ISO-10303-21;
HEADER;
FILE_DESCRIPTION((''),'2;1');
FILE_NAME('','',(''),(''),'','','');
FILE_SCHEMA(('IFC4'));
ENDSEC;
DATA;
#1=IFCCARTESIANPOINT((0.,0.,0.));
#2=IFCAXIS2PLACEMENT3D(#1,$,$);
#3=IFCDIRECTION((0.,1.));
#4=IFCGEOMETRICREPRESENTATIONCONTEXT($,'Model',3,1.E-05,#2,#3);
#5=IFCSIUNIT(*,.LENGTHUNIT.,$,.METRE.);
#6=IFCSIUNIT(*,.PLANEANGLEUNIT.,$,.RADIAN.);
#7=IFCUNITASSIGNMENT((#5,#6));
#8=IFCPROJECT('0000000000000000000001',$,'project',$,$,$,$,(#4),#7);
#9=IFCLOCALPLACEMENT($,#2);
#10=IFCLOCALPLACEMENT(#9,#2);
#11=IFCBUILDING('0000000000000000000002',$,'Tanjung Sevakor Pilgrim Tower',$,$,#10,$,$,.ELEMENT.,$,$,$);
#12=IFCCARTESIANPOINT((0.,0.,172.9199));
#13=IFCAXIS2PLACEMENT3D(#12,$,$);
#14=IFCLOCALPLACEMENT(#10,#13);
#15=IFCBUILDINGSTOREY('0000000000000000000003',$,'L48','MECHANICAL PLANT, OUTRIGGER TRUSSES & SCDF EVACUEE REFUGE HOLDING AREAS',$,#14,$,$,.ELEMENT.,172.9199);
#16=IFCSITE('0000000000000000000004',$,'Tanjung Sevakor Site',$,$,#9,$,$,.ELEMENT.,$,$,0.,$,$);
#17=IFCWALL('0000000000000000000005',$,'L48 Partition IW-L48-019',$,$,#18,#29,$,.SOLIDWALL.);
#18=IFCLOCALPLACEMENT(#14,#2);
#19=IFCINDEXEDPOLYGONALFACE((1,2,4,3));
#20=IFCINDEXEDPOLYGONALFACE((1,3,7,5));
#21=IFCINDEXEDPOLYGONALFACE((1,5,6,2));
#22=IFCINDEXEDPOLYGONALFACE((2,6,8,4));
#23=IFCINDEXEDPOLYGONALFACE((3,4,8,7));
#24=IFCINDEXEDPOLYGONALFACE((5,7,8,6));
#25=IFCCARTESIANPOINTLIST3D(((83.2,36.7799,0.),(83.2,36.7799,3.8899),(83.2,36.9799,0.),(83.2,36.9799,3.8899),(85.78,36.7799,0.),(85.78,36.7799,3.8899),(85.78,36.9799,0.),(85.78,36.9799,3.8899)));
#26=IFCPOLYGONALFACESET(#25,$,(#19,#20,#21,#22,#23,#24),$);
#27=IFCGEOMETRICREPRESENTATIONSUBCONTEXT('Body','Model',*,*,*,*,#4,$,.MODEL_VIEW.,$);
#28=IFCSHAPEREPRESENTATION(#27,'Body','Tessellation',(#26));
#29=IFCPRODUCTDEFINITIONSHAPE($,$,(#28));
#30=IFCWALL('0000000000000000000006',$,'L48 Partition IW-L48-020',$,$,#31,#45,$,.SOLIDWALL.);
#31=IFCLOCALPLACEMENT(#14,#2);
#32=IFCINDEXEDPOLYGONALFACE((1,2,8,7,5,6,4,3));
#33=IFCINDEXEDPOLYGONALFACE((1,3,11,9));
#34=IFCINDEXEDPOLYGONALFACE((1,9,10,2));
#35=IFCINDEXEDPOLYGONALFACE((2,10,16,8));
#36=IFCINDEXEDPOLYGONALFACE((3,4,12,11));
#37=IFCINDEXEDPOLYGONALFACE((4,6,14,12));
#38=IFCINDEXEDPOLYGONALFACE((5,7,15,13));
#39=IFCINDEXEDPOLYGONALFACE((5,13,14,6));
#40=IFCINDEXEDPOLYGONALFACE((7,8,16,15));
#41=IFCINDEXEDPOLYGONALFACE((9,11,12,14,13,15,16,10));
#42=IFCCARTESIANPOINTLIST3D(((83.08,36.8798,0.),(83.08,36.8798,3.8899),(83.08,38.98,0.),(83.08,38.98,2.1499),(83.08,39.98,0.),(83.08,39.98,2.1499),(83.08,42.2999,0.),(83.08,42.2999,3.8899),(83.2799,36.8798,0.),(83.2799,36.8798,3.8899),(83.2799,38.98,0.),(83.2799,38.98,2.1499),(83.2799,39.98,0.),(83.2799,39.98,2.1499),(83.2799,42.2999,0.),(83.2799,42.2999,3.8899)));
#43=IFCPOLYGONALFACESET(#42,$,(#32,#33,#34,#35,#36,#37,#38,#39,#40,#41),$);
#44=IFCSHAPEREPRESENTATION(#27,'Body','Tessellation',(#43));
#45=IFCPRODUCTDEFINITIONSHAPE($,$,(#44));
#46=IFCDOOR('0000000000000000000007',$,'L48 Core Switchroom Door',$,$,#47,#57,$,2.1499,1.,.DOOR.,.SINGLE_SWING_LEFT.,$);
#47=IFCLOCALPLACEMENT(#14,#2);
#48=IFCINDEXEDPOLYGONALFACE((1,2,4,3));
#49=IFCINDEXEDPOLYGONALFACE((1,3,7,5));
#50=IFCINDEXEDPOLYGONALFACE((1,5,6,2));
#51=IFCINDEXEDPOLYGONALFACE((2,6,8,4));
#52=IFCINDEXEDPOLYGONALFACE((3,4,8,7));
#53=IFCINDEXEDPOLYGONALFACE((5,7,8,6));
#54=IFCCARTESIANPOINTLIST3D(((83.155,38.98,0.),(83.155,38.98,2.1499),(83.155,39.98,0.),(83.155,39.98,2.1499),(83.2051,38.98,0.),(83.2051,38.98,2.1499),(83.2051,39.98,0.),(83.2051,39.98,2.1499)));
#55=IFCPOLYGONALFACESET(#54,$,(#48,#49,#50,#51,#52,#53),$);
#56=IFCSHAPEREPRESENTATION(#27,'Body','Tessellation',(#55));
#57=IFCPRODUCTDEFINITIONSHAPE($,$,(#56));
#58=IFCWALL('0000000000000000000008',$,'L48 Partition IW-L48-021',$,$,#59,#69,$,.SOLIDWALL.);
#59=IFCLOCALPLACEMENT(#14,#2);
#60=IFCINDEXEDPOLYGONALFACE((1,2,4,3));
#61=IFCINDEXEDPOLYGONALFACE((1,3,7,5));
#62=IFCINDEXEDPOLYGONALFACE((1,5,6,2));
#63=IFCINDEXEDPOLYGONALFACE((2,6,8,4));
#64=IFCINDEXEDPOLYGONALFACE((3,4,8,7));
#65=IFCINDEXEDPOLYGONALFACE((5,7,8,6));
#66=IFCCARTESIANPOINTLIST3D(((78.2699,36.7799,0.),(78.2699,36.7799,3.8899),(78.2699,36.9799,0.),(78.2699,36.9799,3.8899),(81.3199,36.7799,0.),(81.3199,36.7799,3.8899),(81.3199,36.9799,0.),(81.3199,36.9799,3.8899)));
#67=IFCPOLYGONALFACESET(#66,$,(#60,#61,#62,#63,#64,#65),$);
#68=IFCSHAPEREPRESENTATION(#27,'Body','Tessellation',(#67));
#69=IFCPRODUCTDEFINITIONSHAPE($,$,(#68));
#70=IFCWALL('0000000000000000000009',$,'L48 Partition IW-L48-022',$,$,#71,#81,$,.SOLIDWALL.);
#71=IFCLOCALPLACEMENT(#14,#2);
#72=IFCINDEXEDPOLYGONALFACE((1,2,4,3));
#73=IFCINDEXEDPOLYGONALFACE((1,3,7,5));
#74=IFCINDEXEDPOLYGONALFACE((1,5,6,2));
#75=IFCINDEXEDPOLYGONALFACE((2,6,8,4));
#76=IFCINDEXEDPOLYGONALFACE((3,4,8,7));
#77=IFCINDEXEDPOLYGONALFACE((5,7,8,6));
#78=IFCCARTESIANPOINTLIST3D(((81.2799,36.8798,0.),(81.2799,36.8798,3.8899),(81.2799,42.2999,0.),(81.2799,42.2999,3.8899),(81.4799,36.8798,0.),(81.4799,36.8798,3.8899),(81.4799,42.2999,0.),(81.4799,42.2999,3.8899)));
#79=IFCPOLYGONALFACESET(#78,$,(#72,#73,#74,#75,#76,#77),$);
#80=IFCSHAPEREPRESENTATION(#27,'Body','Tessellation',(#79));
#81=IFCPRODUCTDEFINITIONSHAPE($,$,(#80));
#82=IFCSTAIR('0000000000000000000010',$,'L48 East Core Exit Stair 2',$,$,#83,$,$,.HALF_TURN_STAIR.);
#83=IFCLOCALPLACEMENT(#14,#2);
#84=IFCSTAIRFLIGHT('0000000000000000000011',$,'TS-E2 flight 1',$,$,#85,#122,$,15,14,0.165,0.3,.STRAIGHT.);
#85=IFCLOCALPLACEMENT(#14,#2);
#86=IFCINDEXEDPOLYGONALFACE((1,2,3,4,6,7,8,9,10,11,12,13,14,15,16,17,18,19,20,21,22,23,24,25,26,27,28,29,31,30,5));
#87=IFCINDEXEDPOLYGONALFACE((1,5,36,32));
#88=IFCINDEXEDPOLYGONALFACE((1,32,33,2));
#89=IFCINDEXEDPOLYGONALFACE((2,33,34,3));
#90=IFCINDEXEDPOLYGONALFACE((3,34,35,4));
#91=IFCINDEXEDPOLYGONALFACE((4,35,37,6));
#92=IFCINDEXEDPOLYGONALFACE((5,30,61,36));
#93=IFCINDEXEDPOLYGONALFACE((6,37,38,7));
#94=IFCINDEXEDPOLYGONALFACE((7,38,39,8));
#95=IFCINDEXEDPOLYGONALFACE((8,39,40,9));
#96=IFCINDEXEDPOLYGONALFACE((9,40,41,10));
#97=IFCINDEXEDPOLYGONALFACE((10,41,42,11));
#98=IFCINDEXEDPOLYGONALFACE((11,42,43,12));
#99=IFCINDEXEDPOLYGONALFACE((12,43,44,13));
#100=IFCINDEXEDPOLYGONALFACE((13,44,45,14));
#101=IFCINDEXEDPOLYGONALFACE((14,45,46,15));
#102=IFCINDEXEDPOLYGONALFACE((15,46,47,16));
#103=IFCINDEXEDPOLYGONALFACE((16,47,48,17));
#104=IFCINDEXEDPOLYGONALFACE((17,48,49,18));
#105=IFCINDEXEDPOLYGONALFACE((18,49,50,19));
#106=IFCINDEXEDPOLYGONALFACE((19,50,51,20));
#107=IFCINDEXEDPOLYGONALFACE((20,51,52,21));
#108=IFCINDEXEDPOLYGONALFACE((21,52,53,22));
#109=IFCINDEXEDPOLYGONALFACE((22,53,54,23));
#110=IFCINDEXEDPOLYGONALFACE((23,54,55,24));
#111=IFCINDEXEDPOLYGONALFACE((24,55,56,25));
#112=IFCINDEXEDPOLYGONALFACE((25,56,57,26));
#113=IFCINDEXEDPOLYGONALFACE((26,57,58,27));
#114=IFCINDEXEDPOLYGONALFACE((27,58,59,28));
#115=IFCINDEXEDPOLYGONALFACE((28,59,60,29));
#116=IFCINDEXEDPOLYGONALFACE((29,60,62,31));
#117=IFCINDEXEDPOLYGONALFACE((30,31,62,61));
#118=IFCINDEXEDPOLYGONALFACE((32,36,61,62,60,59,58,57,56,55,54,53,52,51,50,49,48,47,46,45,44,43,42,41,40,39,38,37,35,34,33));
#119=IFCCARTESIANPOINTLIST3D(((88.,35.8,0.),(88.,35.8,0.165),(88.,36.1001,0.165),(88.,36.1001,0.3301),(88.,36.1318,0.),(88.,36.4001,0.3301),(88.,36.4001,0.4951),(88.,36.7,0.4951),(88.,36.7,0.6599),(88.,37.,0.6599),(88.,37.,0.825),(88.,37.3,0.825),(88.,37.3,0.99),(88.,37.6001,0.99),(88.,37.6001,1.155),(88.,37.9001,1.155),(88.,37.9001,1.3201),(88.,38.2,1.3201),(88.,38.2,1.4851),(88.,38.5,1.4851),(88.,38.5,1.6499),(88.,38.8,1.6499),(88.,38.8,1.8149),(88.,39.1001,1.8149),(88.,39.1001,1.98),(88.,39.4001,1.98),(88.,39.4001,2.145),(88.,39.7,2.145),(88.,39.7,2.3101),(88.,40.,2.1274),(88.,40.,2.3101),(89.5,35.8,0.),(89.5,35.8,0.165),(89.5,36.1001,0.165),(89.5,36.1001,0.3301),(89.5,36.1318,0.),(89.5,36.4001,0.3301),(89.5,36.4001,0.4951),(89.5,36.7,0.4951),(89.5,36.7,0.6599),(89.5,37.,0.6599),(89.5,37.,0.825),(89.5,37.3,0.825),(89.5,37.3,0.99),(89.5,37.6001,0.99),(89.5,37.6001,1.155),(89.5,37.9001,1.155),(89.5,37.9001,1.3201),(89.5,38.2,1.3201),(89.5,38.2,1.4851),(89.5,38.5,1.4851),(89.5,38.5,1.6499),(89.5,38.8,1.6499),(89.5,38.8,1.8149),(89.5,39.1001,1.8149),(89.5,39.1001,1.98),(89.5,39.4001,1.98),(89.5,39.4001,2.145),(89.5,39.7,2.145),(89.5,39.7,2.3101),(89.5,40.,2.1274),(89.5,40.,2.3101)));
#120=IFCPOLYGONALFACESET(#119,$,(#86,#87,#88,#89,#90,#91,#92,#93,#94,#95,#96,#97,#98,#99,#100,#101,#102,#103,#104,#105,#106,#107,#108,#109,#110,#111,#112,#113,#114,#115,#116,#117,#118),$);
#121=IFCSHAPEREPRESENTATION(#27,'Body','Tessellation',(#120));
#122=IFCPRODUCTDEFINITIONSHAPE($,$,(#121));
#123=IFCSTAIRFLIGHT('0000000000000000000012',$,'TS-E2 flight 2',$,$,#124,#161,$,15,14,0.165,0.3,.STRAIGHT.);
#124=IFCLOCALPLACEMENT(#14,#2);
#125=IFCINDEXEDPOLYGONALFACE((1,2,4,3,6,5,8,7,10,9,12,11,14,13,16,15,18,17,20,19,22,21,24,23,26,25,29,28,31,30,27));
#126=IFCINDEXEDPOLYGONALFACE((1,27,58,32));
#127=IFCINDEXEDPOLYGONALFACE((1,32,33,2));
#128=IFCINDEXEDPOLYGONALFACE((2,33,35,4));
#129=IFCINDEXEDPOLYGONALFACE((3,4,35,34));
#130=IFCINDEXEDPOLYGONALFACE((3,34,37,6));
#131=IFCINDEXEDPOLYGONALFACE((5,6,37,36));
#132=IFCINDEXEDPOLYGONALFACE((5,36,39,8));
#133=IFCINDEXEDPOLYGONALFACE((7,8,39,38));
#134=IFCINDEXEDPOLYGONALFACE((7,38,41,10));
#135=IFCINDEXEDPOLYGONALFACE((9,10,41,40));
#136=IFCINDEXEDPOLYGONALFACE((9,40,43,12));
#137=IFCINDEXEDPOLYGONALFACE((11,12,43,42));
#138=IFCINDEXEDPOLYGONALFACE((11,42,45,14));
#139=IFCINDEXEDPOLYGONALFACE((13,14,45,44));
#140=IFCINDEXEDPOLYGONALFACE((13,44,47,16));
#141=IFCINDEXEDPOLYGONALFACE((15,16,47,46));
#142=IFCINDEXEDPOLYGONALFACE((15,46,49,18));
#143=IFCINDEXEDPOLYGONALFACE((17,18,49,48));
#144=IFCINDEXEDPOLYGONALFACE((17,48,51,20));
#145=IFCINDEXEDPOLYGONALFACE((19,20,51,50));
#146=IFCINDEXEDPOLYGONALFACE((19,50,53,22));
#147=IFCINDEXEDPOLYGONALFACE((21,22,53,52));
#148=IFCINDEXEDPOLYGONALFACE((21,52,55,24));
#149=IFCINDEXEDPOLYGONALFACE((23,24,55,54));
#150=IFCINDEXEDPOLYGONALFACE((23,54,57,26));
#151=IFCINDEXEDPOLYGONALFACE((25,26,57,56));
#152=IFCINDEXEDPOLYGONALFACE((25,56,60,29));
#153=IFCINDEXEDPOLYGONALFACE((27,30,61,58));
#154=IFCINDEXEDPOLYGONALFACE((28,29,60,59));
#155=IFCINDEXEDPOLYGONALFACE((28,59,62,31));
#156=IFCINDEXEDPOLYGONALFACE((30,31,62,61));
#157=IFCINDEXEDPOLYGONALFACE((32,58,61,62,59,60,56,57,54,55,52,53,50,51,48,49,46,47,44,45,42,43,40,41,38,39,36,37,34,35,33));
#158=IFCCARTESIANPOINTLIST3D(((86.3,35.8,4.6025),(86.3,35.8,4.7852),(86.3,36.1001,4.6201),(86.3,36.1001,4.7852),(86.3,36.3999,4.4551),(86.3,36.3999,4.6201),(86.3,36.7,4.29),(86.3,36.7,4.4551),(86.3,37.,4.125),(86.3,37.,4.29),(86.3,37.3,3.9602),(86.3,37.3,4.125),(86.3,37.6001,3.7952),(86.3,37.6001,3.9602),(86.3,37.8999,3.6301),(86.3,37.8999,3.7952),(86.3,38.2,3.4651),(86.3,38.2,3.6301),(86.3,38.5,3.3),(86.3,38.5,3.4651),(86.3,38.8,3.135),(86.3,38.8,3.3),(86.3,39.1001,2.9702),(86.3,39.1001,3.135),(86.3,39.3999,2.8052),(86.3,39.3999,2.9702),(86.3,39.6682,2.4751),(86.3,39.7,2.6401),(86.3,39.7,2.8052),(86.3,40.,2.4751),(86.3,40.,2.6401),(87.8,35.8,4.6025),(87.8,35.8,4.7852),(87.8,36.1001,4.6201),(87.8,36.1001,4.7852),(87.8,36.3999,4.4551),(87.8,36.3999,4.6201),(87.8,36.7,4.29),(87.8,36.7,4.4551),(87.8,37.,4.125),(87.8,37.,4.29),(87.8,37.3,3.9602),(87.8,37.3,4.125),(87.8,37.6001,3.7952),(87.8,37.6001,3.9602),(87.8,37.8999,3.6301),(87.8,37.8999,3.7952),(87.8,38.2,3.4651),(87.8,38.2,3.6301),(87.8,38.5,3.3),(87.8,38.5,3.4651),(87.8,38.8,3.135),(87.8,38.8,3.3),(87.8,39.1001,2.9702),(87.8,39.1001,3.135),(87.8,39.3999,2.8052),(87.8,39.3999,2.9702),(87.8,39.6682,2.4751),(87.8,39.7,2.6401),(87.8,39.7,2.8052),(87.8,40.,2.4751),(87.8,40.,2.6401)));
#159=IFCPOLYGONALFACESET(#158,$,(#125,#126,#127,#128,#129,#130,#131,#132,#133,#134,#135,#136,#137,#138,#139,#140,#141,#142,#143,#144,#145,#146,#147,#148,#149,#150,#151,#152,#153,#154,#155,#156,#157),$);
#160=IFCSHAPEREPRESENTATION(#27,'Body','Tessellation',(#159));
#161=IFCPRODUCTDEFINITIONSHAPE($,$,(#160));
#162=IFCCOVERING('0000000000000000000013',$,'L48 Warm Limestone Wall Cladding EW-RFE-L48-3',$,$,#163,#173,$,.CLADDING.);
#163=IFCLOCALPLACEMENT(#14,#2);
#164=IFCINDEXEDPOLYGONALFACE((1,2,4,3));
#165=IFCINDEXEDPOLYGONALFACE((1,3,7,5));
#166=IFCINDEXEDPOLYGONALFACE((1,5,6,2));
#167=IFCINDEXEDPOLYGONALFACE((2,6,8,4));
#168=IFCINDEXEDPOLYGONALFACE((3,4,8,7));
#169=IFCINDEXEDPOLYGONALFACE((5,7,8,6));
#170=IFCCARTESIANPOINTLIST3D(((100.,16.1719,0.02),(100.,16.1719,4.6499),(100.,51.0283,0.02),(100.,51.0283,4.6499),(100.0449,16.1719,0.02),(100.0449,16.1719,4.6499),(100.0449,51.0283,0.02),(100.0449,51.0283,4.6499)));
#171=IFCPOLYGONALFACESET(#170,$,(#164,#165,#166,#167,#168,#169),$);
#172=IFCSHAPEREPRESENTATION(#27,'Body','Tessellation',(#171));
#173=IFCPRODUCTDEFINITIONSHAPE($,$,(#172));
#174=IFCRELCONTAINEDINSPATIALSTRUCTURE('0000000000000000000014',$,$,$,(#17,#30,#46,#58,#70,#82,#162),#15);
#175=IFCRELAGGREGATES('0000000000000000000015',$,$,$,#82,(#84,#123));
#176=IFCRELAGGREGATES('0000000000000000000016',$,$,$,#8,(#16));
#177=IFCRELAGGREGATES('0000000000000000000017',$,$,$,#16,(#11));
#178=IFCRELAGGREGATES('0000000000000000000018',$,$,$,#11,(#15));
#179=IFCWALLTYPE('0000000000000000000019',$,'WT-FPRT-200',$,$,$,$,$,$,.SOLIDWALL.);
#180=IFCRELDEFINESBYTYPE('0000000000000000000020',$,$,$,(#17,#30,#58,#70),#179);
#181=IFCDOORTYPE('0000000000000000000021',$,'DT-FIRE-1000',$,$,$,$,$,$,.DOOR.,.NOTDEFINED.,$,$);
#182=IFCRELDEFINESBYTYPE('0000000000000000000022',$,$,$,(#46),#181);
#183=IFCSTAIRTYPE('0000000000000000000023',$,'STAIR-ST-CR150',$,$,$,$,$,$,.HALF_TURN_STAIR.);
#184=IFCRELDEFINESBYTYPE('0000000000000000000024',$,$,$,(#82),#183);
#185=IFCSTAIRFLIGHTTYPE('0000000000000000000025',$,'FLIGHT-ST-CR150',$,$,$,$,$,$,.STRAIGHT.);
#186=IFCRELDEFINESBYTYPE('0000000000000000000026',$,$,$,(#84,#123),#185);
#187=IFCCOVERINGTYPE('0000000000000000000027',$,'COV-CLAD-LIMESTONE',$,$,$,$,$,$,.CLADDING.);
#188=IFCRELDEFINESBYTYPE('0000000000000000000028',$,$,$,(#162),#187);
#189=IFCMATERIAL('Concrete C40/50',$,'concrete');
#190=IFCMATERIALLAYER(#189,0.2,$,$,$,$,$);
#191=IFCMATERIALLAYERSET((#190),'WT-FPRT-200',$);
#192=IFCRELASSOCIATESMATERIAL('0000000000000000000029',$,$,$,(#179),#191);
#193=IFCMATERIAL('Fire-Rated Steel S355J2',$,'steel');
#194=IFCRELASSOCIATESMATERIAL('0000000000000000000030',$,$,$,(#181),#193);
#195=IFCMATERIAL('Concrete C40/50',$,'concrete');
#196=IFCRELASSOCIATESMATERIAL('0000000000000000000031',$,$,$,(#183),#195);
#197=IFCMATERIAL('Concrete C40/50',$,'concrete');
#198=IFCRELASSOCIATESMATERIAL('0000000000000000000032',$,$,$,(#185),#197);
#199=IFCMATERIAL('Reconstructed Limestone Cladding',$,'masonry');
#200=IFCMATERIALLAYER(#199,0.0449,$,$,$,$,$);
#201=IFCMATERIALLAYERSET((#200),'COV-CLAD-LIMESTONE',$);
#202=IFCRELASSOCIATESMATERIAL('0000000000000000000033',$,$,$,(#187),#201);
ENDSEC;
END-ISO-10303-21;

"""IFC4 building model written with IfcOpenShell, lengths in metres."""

from ifc_helpers import new_model, si_unit, direction, frame, frame_2d, origin, origin_2d, place, context, subcontext, project, spatial, polyline, rectangle, outline, extrude, material, layer, layer_set, type_object, element, fill, aggregate, save


model = new_model("IFC4")

# Units and contexts
model_context = context("Model", 3, precision=1e-05, world=origin(), true_north=direction((0.0, 1.0)))
body_context = subcontext(model_context, "Body", "Model", "MODEL_VIEW")
ifc_project = project(units=[si_unit("LENGTHUNIT", "METRE"), si_unit("PLANEANGLEUNIT", "RADIAN")], contexts=[model_context])

# Site, building, storey
site_placement = place(None, origin())
site = spatial("IfcSite", under=ifc_project, at=site_placement, Name="Tanjung Sevakor Site", CompositionType="ELEMENT", RefElevation=0.0)
building_placement = place(site_placement, origin())
building = spatial("IfcBuilding", under=site, at=building_placement, Name="Tanjung Sevakor Pilgrim Tower", CompositionType="ELEMENT")
storey_placement = place(building_placement, frame((0.0, 0.0, 172.9199)))
storey = spatial("IfcBuildingStorey", under=building, at=storey_placement, Name="L48", Description="MECHANICAL PLANT, OUTRIGGER TRUSSES & SCDF EVACUEE REFUGE HOLDING AREAS", CompositionType="ELEMENT", Elevation=172.9199)

# Wall
ifc_material_1 = material(Name="Concrete C40/50", Category="concrete")
ifc_layer_1 = layer(ifc_material_1, 0.2)
ifc_layer_set_1 = layer_set([ifc_layer_1], Name="WT-FPRT-200")
wall_type_1 = type_object("IfcWallType", Name="WT-FPRT-200", PredefinedType="SOLIDWALL", material=ifc_layer_set_1)
wall_1_placement = place(storey_placement, frame((83.2, 36.8799, 0.0), z_axis=(0.0, 0.0, 1.0), x_axis=(1.0, 0.0, 0.0)))
element("IfcWall", 1, at=wall_1_placement, inside=storey, type_object=wall_type_1, Name="L48 Partition IW-L48-019", PredefinedType="SOLIDWALL", context=body_context, shape_type="SweptSolid", body=[
    extrude(rectangle(XDim=2.5801, YDim=0.2, at=frame_2d((1.29, 0.0))), origin(), (0.0, 0.0, 1.0), 3.8899),
])

# Wall, opening, door
wall_2_placement = place(storey_placement, frame((83.1799, 36.8799, 0.0), z_axis=(0.0, 0.0, 1.0), x_axis=(0.0, 1.0, 0.0)))
wall_2 = element("IfcWall", 2, at=wall_2_placement, inside=storey, type_object=wall_type_1, Name="L48 Partition IW-L48-020", PredefinedType="SOLIDWALL", context=body_context, shape_type="SweptSolid", body=[
    extrude(rectangle(XDim=5.4202, YDim=0.2, at=frame_2d((2.71, 0.0))), origin(), (0.0, 0.0, 1.0), 3.8899),
])
opening_placement = place(wall_2_placement, frame((2.1001, 0.0, 0.0)))
opening = element("IfcOpeningElement", 3, at=opening_placement, cuts=wall_2, PredefinedType="OPENING", context=body_context, shape_type="SweptSolid", body=[
    extrude(rectangle(XDim=1.0, YDim=2.1499, at=frame_2d((0.5, 1.075))), frame((0.0, 0.1099, 0.0), z_axis=(0.0, -1.0, 0.0), x_axis=(1.0, 0.0, 0.0)), (0.0, 0.0, 1.0), 0.22),
])
ifc_material_2 = material(Name="Fire-Rated Steel S355J2", Category="steel")
door_type = type_object("IfcDoorType", Name="DT-FIRE-1000", OperationType="NOTDEFINED", PredefinedType="DOOR", material=ifc_material_2)
door_placement = place(opening_placement, origin())
door = element("IfcDoor", 4, at=door_placement, inside=storey, type_object=door_type, Name="L48 Core Switchroom Door", OperationType="SINGLE_SWING_LEFT", OverallHeight=2.1499, OverallWidth=1.0, PredefinedType="DOOR", context=body_context, shape_type="SweptSolid", body=[
    extrude(rectangle(XDim=1.0, YDim=2.1499, at=frame_2d((0.5, 1.075))), frame((0.0, 0.0249, 0.0), z_axis=(0.0, -1.0, 0.0), x_axis=(1.0, 0.0, 0.0)), (0.0, 0.0, 1.0), 0.05),
])
fill(opening, door)

# Walls
wall_3_placement = place(storey_placement, frame((78.27, 36.8799, 0.0), z_axis=(0.0, 0.0, 1.0), x_axis=(1.0, 0.0, 0.0)))
element("IfcWall", 5, at=wall_3_placement, inside=storey, type_object=wall_type_1, Name="L48 Partition IW-L48-021", PredefinedType="SOLIDWALL", context=body_context, shape_type="SweptSolid", body=[
    extrude(rectangle(XDim=3.05, YDim=0.2, at=frame_2d((1.5249, 0.0))), origin(), (0.0, 0.0, 1.0), 3.8899),
])
wall_4_placement = place(storey_placement, frame((81.3799, 36.8799, 0.0), z_axis=(0.0, 0.0, 1.0), x_axis=(0.0, 1.0, 0.0)))
element("IfcWall", 6, at=wall_4_placement, inside=storey, type_object=wall_type_1, Name="L48 Partition IW-L48-022", PredefinedType="SOLIDWALL", context=body_context, shape_type="SweptSolid", body=[
    extrude(rectangle(XDim=5.4202, YDim=0.2, at=frame_2d((2.71, 0.0))), origin(), (0.0, 0.0, 1.0), 3.8899),
])

# Stair, stair flights
ifc_material_3 = material(Name="Concrete C40/50", Category="concrete")
stair_type = type_object("IfcStairType", Name="STAIR-ST-CR150", PredefinedType="HALF_TURN_STAIR", material=ifc_material_3)
stair_placement = place(storey_placement, origin())
stair = element("IfcStair", 7, at=stair_placement, inside=storey, type_object=stair_type, Name="L48 East Core Exit Stair 2", PredefinedType="HALF_TURN_STAIR")
ifc_material_4 = material(Name="Concrete C40/50", Category="concrete")
stair_flight_type = type_object("IfcStairFlightType", Name="FLIGHT-ST-CR150", PredefinedType="STRAIGHT", material=ifc_material_4)
stair_flight_1_placement = place(storey_placement, frame((88.75, 35.8, 0.0), z_axis=(0.0, 0.0, 1.0), x_axis=(0.0, 1.0, 0.0)))
stair_flight_1 = element("IfcStairFlight", 8, at=stair_flight_1_placement, type_object=stair_flight_type, Name="TS-E2 flight 1", NumberOfRisers=15, NumberOfTreads=14, PredefinedType="STRAIGHT", RiserHeight=0.165, TreadLength=0.3, context=body_context, shape_type="SweptSolid", body=[
    extrude(outline(polyline([(0.0, 0.0), (0.0, 0.165), (0.3, 0.165), (0.3, 0.3301), (0.6001, 0.3301), (0.6001, 0.4951), (0.8999, 0.4951), (0.8999, 0.6599), (1.2, 0.6599), (1.2, 0.825), (1.5, 0.825), (1.5, 0.99), (1.8, 0.99), (1.8, 1.155), (2.1001, 1.155), (2.1001, 1.3201), (2.3999, 1.3201), (2.3999, 1.4851), (2.7, 1.4851), (2.7, 1.6499), (3.0, 1.6499), (3.0, 1.8149), (3.3, 1.8149), (3.3, 1.98), (3.6001, 1.98), (3.6001, 2.145), (3.8999, 2.145), (3.8999, 2.3101), (4.2, 2.3101), (4.2, 2.4751), (4.2, 2.1274), (0.3318, 0.0), (0.0, 0.0)])), frame((0.0, 0.75, 0.0), z_axis=(0.0, -1.0, 0.0), x_axis=(1.0, 0.0, 0.0)), (0.0, 0.0, 1.0), 1.5),
])
stair_flight_2_placement = place(storey_placement, frame((87.05, 40.0, 2.4751), z_axis=(0.0, 0.0, 1.0), x_axis=(0.0, -1.0, 0.0)))
stair_flight_2 = element("IfcStairFlight", 9, at=stair_flight_2_placement, type_object=stair_flight_type, Name="TS-E2 flight 2", NumberOfRisers=15, NumberOfTreads=14, PredefinedType="STRAIGHT", RiserHeight=0.165, TreadLength=0.3, context=body_context, shape_type="SweptSolid", body=[
    extrude(outline(polyline([(0.0, 0.0), (0.0, 0.165), (0.3, 0.165), (0.3, 0.3301), (0.6001, 0.3301), (0.6001, 0.4951), (0.8999, 0.4951), (0.8999, 0.6599), (1.2, 0.6599), (1.2, 0.825), (1.5, 0.825), (1.5, 0.99), (1.8, 0.99), (1.8, 1.155), (2.1001, 1.155), (2.1001, 1.3201), (2.3999, 1.3201), (2.3999, 1.4851), (2.7, 1.4851), (2.7, 1.6499), (3.0, 1.6499), (3.0, 1.8149), (3.3, 1.8149), (3.3, 1.98), (3.6001, 1.98), (3.6001, 2.145), (3.8999, 2.145), (3.8999, 2.3101), (4.2, 2.3101), (4.2, 2.4751), (4.2, 2.1274), (0.3318, 0.0), (0.0, 0.0)])), frame((0.0, 0.75, 0.0), z_axis=(0.0, -1.0, 0.0), x_axis=(1.0, 0.0, 0.0)), (0.0, 0.0, 1.0), 1.5),
])
aggregate(stair, [stair_flight_1, stair_flight_2])

# Covering
ifc_material_5 = material(Name="Reconstructed Limestone Cladding", Category="masonry")
ifc_layer_2 = layer(ifc_material_5, 0.0449)
ifc_layer_set_2 = layer_set([ifc_layer_2], Name="COV-CLAD-LIMESTONE")
covering_type = type_object("IfcCoveringType", Name="COV-CLAD-LIMESTONE", PredefinedType="CLADDING", material=ifc_layer_set_2)
covering_placement = place(storey_placement, frame((100.0225, 33.6001, 0.02), z_axis=(0.0, 0.0, 1.0), x_axis=(0.0, 1.0, 0.0)))
element("IfcCovering", 10, at=covering_placement, inside=storey, type_object=covering_type, Name="L48 Warm Limestone Wall Cladding EW-RFE-L48-3", PredefinedType="CLADDING", context=body_context, shape_type="SweptSolid", body=[
    extrude(rectangle(XDim=34.8564, YDim=0.0449, at=origin_2d()), origin(), (0.0, 0.0, 1.0), 4.6299),
])

save(model, "model.ifc")
